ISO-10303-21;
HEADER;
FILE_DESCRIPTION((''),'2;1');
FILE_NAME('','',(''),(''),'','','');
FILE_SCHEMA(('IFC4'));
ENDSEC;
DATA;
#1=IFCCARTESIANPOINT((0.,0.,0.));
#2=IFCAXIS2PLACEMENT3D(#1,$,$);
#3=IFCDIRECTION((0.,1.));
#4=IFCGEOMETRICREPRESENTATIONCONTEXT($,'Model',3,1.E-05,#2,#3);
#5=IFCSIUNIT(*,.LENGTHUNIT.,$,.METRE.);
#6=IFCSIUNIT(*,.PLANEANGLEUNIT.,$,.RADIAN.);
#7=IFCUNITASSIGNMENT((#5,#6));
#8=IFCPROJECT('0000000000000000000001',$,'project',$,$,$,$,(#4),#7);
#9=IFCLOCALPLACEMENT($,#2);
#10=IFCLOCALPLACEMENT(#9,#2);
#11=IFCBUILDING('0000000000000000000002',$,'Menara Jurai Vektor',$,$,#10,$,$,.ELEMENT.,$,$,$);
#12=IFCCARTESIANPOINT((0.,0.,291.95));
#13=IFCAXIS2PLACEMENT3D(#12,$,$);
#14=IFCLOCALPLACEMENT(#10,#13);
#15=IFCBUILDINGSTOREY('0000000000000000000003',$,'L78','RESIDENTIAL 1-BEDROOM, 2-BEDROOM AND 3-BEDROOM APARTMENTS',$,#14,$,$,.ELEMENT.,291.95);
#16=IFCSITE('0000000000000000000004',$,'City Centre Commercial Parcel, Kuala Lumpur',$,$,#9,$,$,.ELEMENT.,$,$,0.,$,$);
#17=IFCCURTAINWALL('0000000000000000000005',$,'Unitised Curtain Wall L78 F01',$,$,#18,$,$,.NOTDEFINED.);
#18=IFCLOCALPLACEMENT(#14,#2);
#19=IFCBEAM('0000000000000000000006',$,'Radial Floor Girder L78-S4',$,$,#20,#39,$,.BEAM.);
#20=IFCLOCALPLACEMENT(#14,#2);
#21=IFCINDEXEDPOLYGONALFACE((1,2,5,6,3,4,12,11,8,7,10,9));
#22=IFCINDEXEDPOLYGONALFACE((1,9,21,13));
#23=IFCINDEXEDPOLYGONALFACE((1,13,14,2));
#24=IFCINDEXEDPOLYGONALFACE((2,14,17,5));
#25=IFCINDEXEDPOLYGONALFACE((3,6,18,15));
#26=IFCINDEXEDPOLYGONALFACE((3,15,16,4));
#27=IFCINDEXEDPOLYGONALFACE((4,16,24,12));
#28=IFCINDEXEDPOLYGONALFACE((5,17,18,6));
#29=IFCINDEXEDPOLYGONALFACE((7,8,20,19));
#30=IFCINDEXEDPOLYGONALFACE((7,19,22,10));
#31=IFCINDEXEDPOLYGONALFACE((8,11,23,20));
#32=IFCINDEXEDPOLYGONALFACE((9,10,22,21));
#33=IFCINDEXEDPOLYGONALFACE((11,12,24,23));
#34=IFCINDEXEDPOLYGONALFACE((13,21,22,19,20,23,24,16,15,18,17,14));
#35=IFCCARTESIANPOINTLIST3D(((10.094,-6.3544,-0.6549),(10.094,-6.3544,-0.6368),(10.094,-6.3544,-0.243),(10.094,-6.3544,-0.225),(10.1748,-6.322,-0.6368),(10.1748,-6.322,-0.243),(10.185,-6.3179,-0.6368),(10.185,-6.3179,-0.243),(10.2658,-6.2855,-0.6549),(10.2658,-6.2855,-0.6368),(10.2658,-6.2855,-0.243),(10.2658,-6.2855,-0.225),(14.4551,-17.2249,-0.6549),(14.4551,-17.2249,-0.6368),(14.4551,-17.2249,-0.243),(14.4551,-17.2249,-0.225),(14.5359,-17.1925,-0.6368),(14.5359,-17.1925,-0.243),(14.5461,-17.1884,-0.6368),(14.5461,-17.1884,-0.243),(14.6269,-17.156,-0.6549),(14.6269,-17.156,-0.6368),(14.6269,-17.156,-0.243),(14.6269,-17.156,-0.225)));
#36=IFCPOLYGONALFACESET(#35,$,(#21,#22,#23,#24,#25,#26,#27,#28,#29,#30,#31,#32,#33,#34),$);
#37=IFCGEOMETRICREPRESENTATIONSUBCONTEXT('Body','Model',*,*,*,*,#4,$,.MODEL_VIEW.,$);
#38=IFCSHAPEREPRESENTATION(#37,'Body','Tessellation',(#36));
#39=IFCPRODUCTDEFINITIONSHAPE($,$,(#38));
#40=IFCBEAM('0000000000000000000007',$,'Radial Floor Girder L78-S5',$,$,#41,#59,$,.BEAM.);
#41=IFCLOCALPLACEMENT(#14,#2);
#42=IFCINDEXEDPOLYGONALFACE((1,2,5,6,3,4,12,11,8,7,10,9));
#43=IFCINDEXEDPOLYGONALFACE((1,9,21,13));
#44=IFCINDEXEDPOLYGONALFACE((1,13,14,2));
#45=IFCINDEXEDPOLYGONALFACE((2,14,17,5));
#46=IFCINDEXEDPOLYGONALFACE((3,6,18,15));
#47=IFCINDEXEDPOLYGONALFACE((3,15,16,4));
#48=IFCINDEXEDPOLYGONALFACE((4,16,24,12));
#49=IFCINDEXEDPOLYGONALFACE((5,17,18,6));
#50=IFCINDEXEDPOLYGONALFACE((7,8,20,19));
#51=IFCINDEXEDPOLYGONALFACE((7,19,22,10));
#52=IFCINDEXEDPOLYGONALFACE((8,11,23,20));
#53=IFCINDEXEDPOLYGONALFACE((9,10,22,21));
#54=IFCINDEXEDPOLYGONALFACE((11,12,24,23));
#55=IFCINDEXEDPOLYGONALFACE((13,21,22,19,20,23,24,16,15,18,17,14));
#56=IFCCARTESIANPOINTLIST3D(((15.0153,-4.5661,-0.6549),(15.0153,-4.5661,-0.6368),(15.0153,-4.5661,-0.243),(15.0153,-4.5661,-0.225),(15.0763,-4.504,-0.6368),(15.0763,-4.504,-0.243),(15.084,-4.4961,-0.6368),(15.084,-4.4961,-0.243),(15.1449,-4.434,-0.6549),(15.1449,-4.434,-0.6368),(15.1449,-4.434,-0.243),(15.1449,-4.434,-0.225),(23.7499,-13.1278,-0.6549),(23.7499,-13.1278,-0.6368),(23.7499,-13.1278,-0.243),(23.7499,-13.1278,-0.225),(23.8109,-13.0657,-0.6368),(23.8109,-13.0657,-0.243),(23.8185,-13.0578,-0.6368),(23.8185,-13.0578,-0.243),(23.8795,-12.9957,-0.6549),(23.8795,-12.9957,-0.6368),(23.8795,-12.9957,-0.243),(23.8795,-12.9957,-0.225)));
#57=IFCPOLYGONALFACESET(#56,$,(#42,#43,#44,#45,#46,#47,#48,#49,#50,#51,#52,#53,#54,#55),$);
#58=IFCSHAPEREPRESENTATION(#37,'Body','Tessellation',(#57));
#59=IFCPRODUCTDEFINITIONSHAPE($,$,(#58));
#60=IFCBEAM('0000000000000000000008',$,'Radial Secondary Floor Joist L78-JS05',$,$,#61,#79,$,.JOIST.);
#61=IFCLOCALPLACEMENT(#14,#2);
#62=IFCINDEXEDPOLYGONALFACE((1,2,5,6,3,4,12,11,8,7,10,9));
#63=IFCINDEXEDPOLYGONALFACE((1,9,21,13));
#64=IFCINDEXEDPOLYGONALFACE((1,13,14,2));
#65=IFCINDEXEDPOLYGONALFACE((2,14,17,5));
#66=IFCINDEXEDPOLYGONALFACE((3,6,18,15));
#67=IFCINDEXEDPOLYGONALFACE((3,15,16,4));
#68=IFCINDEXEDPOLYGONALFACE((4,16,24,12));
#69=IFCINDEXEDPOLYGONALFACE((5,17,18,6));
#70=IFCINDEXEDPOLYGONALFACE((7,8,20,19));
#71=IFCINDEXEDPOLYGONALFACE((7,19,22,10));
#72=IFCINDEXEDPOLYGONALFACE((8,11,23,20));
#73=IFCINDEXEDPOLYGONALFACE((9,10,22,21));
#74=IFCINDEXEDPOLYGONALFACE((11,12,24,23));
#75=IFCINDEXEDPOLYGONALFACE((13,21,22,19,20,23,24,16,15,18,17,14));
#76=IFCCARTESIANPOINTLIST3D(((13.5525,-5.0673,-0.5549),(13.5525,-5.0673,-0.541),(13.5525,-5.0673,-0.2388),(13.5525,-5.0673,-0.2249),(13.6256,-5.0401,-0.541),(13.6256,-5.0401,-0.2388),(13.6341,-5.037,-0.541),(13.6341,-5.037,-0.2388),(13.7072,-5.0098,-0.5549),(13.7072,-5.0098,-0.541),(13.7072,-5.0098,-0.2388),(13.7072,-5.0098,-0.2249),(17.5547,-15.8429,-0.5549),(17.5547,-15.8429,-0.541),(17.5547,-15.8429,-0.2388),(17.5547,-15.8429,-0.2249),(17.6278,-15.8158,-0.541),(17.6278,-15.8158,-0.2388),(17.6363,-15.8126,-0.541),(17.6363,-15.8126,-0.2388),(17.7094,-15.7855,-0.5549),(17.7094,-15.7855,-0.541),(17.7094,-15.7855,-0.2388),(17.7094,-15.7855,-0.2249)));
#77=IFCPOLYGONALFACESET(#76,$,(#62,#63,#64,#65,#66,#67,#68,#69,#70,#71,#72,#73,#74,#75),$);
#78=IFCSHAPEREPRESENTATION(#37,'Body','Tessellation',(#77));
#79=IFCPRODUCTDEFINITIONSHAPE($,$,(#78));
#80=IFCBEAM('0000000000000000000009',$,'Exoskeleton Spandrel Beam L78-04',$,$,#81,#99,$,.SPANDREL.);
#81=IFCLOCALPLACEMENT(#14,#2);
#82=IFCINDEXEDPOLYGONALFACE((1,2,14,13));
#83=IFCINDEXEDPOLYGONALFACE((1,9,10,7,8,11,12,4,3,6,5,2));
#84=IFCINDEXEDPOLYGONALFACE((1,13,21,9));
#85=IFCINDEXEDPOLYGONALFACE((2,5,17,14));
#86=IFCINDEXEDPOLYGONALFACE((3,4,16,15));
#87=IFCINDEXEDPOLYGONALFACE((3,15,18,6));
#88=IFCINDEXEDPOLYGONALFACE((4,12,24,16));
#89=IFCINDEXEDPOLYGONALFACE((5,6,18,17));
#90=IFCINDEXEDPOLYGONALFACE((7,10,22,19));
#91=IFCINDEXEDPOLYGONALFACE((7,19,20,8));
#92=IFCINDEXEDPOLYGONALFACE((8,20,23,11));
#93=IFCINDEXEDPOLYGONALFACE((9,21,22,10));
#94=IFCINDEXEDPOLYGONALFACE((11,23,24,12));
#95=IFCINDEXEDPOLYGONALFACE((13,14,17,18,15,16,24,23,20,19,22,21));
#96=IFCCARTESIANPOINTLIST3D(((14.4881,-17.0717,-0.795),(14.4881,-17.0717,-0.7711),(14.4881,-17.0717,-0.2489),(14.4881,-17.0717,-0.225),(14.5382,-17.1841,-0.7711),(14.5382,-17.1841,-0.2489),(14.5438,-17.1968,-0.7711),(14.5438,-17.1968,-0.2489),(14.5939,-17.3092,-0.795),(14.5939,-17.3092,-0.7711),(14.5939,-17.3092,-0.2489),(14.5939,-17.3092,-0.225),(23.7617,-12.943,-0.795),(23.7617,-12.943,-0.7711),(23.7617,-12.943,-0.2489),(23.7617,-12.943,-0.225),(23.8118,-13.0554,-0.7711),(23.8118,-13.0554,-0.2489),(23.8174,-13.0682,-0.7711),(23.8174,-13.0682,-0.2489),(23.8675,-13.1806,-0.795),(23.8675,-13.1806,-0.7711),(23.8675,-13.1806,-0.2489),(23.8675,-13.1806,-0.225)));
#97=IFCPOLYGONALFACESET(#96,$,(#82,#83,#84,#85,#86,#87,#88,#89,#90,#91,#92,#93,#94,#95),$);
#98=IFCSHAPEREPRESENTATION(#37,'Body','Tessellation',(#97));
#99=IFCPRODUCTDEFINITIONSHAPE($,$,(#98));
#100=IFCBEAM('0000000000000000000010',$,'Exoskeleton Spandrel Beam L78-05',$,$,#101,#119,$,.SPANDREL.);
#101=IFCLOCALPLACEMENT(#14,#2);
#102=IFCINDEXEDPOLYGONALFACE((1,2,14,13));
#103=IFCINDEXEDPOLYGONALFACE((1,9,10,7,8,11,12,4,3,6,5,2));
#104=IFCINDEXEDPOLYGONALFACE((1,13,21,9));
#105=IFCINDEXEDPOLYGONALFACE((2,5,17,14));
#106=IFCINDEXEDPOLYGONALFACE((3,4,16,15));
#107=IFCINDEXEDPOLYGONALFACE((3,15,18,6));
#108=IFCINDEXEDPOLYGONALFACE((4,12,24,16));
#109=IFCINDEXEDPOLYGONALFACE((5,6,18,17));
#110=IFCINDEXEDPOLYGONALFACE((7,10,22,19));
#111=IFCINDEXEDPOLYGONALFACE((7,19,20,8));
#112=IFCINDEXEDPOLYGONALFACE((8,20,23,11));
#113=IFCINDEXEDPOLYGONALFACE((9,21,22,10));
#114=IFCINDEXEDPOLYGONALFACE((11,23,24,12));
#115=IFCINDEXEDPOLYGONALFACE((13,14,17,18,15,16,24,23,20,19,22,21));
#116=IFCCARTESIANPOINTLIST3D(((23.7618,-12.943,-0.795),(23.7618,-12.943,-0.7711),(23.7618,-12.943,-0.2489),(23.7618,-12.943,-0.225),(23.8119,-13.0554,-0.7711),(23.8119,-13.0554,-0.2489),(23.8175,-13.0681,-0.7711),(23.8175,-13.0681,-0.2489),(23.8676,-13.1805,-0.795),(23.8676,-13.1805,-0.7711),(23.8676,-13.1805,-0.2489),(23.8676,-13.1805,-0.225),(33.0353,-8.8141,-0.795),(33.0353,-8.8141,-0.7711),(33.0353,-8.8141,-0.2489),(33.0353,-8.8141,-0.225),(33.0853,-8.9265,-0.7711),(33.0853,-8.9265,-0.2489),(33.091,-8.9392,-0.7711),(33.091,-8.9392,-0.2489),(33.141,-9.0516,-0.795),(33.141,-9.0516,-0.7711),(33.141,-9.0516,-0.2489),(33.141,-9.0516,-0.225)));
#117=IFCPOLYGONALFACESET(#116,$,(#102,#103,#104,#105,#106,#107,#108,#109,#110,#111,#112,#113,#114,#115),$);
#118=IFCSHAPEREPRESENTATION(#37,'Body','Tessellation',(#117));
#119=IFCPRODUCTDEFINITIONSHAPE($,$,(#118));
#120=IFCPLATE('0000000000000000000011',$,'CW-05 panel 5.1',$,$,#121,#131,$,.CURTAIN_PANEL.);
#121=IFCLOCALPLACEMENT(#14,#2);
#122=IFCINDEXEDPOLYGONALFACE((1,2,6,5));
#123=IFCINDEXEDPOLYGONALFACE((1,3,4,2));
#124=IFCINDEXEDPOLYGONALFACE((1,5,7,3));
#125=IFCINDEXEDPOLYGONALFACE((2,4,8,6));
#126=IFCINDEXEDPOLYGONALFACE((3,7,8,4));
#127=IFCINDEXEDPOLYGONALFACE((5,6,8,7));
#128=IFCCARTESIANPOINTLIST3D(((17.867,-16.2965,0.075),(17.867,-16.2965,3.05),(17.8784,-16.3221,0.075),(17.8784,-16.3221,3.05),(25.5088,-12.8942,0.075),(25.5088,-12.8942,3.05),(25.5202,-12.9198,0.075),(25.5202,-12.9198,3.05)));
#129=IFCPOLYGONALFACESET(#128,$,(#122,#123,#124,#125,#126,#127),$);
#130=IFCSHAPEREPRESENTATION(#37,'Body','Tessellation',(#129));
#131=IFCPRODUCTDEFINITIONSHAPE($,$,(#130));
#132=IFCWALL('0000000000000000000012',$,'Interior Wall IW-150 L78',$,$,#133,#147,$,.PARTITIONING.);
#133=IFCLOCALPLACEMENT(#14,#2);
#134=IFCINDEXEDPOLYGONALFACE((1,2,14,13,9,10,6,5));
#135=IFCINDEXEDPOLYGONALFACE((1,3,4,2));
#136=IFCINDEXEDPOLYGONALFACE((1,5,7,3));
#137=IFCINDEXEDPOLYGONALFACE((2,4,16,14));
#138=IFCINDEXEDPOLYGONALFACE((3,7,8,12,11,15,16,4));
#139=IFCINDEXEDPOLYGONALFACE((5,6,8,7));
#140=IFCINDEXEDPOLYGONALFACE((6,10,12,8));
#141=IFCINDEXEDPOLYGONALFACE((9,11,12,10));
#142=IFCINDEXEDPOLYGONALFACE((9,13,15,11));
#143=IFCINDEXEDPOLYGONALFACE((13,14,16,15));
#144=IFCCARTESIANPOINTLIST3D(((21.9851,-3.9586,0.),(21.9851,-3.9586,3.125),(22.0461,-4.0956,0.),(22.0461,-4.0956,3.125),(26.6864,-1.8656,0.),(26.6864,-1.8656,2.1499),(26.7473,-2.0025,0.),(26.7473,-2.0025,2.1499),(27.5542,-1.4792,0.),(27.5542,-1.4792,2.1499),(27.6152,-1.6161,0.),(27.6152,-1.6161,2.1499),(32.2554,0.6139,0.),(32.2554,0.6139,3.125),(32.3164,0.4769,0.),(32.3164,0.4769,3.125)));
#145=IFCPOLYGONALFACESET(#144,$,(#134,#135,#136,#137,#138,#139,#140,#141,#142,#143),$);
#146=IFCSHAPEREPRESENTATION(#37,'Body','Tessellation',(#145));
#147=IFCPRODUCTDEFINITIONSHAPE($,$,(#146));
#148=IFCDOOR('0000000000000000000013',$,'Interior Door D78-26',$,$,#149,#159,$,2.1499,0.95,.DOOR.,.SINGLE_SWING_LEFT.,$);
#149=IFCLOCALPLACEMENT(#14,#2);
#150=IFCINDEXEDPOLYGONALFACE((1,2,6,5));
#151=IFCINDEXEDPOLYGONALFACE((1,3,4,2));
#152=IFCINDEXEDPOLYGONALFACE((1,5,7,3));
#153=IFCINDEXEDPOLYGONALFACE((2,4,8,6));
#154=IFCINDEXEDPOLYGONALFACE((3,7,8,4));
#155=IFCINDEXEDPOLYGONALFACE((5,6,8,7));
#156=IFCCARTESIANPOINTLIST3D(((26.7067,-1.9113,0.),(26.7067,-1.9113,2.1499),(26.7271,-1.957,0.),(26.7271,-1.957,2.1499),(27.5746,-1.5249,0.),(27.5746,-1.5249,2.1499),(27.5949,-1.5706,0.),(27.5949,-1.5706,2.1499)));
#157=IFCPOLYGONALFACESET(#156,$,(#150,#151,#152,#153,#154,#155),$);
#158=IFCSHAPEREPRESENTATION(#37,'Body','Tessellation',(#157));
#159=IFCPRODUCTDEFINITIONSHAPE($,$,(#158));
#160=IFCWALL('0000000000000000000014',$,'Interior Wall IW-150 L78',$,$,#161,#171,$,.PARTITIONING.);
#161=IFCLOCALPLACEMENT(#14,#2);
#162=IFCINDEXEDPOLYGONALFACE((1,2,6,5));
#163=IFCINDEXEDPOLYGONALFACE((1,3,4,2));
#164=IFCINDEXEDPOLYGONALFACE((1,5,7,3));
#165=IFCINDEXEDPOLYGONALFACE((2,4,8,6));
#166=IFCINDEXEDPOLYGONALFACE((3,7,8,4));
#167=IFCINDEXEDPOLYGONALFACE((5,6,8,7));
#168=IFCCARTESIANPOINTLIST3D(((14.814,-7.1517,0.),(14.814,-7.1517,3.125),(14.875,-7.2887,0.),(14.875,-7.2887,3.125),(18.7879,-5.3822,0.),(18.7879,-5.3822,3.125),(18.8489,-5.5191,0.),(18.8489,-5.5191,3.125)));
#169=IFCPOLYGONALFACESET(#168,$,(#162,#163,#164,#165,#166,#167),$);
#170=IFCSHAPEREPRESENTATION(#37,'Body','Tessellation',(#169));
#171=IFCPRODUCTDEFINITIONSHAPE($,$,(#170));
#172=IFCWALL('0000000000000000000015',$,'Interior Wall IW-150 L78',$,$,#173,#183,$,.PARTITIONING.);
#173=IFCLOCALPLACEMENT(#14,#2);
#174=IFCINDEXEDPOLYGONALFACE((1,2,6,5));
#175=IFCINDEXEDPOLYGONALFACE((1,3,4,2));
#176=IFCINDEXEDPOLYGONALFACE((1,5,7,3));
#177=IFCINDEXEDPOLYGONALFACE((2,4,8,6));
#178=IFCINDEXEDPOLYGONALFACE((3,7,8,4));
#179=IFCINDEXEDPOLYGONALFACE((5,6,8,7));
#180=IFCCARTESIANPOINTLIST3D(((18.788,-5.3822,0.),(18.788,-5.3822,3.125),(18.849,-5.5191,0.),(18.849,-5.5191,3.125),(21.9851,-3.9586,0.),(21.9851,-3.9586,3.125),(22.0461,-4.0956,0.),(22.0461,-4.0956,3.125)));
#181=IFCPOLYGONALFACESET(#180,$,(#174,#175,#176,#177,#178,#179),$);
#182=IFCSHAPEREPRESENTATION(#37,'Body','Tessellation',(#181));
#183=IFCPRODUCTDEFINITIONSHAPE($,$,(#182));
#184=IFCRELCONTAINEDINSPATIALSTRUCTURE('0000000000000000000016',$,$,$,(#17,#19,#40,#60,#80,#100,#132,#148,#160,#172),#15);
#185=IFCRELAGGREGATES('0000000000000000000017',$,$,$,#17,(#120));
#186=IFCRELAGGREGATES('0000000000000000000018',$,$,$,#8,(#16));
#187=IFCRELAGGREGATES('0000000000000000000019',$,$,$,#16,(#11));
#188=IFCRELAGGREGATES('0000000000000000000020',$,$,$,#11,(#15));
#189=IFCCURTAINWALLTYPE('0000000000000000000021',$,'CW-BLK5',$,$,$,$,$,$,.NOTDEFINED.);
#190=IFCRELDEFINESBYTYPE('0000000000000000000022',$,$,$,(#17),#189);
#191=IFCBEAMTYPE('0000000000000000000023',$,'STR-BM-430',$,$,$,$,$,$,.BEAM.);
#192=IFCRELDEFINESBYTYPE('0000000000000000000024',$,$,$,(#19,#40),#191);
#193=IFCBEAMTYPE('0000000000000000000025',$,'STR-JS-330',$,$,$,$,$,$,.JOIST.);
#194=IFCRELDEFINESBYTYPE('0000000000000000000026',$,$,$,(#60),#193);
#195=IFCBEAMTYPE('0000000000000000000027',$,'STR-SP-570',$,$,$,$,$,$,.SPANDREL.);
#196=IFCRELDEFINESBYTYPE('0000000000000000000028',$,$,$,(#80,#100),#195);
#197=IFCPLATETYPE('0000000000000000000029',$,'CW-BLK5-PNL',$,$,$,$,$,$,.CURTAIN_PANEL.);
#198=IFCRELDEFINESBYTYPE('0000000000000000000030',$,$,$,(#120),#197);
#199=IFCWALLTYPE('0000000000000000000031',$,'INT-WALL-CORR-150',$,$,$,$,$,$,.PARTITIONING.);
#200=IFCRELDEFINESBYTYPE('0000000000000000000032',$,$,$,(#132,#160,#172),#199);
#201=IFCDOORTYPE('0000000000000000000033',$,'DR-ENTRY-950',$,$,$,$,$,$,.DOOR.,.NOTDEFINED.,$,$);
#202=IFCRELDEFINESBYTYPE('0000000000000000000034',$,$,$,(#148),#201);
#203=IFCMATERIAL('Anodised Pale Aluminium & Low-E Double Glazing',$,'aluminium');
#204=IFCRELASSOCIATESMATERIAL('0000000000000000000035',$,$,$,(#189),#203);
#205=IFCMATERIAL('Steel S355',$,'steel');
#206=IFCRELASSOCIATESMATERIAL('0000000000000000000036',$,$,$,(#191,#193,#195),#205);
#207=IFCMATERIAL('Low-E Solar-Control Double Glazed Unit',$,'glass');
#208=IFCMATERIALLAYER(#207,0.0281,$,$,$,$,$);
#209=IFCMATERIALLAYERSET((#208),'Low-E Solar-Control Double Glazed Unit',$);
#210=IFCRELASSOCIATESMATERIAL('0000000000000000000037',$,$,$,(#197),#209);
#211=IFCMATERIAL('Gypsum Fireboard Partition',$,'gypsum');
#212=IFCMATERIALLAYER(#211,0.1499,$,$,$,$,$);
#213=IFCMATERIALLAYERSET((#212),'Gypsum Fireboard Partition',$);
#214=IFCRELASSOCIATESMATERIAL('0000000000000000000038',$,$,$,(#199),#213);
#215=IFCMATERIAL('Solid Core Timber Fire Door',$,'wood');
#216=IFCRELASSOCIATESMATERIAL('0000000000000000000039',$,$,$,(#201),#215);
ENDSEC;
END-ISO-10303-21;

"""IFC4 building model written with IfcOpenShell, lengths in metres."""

from ifc_helpers import new_model, si_unit, direction, frame, frame_2d, origin, origin_2d, place, context, subcontext, project, spatial, rectangle, i_section, extrude, material, layer, layer_set, material_profile, profile_set, type_object, element, fill, aggregate, save


model = new_model("IFC4")

# Units and contexts
model_context = context("Model", 3, precision=1e-05, world=origin(), true_north=direction((0.0, 1.0)))
body_context = subcontext(model_context, "Body", "Model", "MODEL_VIEW")
ifc_project = project(units=[si_unit("LENGTHUNIT", "METRE"), si_unit("PLANEANGLEUNIT", "RADIAN")], contexts=[model_context])

# Site, building, storey
site_placement = place(None, origin())
site = spatial("IfcSite", under=ifc_project, at=site_placement, Name="City Centre Commercial Parcel, Kuala Lumpur", CompositionType="ELEMENT", RefElevation=0.0)
building_placement = place(site_placement, origin())
building = spatial("IfcBuilding", under=site, at=building_placement, Name="Menara Jurai Vektor", CompositionType="ELEMENT")
storey_placement = place(building_placement, frame((0.0, 0.0, 291.95)))
storey = spatial("IfcBuildingStorey", under=building, at=storey_placement, Name="L78", Description="RESIDENTIAL 1-BEDROOM, 2-BEDROOM AND 3-BEDROOM APARTMENTS", CompositionType="ELEMENT", Elevation=291.95)

# Curtain wall
ifc_material_1 = material(Name="Anodised Pale Aluminium & Low-E Double Glazing", Category="aluminium")
curtain_wall_type = type_object("IfcCurtainWallType", Name="CW-BLK5", PredefinedType="NOTDEFINED", material=ifc_material_1)
curtain_wall_placement = place(storey_placement, origin())
curtain_wall = element("IfcCurtainWall", 1, at=curtain_wall_placement, inside=storey, type_object=curtain_wall_type, Name="Unitised Curtain Wall L78 F01", PredefinedType="NOTDEFINED")

# Beams
ifc_material_2 = material(Name="Steel S355", Category="steel")
ifc_material_profile_1 = material_profile(ifc_material_2, i_section(OverallWidth=0.1851, OverallDepth=0.4299, WebThickness=0.011, FlangeThickness=0.0181, at=origin_2d()), Name="PG 430x185x76")
ifc_profile_set_1 = profile_set([ifc_material_profile_1], Name="Steel S355")
beam_type_1 = type_object("IfcBeamType", Name="STR-BM-430", PredefinedType="BEAM", material=ifc_profile_set_1)
beam_1_placement = place(storey_placement, frame((14.541, -17.1904, -0.4399), z_axis=(-0.372343, 0.928095, 0.0), x_axis=(-0.928095, -0.372343, 0.0)))
element("IfcBeam", 2, at=beam_1_placement, inside=storey, type_object=beam_type_1, Name="Radial Floor Girder L78-S4", PredefinedType="BEAM", context=body_context, shape_type="SweptSolid", body=[
    extrude(i_section(OverallWidth=0.1851, OverallDepth=0.4299, WebThickness=0.011, FlangeThickness=0.0181, at=origin_2d()), origin(), (0.0, 0.0, 1.0), 11.7126),
])
beam_2_placement = place(storey_placement, frame((23.8147, -13.0618, -0.4399), z_axis=(-0.714138, 0.700005, 0.0), x_axis=(-0.700005, -0.714138, 0.0)))
element("IfcBeam", 3, at=beam_2_placement, inside=storey, type_object=beam_type_1, Name="Radial Floor Girder L78-S5", PredefinedType="BEAM", context=body_context, shape_type="SweptSolid", body=[
    extrude(i_section(OverallWidth=0.1851, OverallDepth=0.4299, WebThickness=0.011, FlangeThickness=0.0181, at=origin_2d()), origin(), (0.0, 0.0, 1.0), 12.231),
])
ifc_material_profile_2 = material_profile(ifc_material_2, i_section(OverallWidth=0.165, OverallDepth=0.3301, WebThickness=0.009, FlangeThickness=0.0139, at=origin_2d()), Name="PG 330x165x46")
ifc_profile_set_2 = profile_set([ifc_material_profile_2], Name="Steel S355")
beam_type_2 = type_object("IfcBeamType", Name="STR-JS-330", PredefinedType="JOIST", material=ifc_profile_set_2)
beam_3_placement = place(storey_placement, frame((17.6321, -15.8142, -0.3899), z_axis=(-0.348173, 0.93743, 0.0), x_axis=(-0.93743, -0.348173, 0.0)))
element("IfcBeam", 4, at=beam_3_placement, inside=storey, type_object=beam_type_2, Name="Radial Secondary Floor Joist L78-JS05", PredefinedType="JOIST", context=body_context, shape_type="SweptSolid", body=[
    extrude(i_section(OverallWidth=0.165, OverallDepth=0.3301, WebThickness=0.009, FlangeThickness=0.0139, at=origin_2d()), origin(), (0.0, 0.0, 1.0), 11.4949),
])
ifc_material_profile_3 = material_profile(ifc_material_2, i_section(OverallWidth=0.26, OverallDepth=0.5701, WebThickness=0.0139, FlangeThickness=0.0239, at=origin_2d()), Name="PG 570x260x145")
ifc_profile_set_3 = profile_set([ifc_material_profile_3], Name="Steel S355")
beam_type_3 = type_object("IfcBeamType", Name="STR-SP-570", PredefinedType="SPANDREL", material=ifc_profile_set_3)
for number, where, z_axis, x_axis, name in (
    (5, (14.541, -17.1904, -0.51), (0.913554, 0.406716, 0.0), (-0.406716, 0.913554, 0.0), "Exoskeleton Spandrel Beam L78-04"),
    (6, (23.8147, -13.0618, -0.51), (0.913542, 0.406745, 0.0), (-0.406745, 0.913542, 0.0), "Exoskeleton Spandrel Beam L78-05"),
):
    element("IfcBeam", number, at=place(storey_placement, frame(where, z_axis=z_axis, x_axis=x_axis)), inside=storey, type_object=beam_type_3, Name=name, PredefinedType="SPANDREL", context=body_context, shape_type="SweptSolid", body=[
        extrude(i_section(OverallWidth=0.26, OverallDepth=0.5701, WebThickness=0.0139, FlangeThickness=0.0239, at=origin_2d()), origin(), (0.0, 0.0, 1.0), 10.1511),
    ])

# Plate
ifc_material_3 = material(Name="Low-E Solar-Control Double Glazed Unit", Category="glass")
ifc_layer_1 = layer(ifc_material_3, 0.0281)
ifc_layer_set_1 = layer_set([ifc_layer_1], Name="Low-E Solar-Control Double Glazed Unit")
plate_type = type_object("IfcPlateType", Name="CW-BLK5-PNL", PredefinedType="CURTAIN_PANEL", material=ifc_layer_set_1)
plate_placement = place(storey_placement, frame((21.6936, -14.6082, 0.075), z_axis=(0.0, 0.0, 1.0), x_axis=(0.913546, 0.406735, 0.0)))
plate = element("IfcPlate", 7, at=plate_placement, type_object=plate_type, Name="CW-05 panel 5.1", PredefinedType="CURTAIN_PANEL", context=body_context, shape_type="SweptSolid", body=[
    extrude(rectangle(XDim=8.365, YDim=0.0281, at=origin_2d()), origin(), (0.0, 0.0, 1.0), 2.9751),
])
aggregate(curtain_wall, [plate])

# Wall, opening, door
ifc_material_4 = material(Name="Gypsum Fireboard Partition", Category="gypsum")
ifc_layer_2 = layer(ifc_material_4, 0.1499)
ifc_layer_set_2 = layer_set([ifc_layer_2], Name="Gypsum Fireboard Partition")
wall_type_1 = type_object("IfcWallType", Name="INT-WALL-CORR-150", PredefinedType="PARTITIONING", material=ifc_layer_set_2)
wall_1_placement = place(storey_placement, frame((22.0156, -4.0271, 0.0), z_axis=(0.0, 0.0, 1.0), x_axis=(0.913549, 0.406729, 0.0)))
wall_1 = element("IfcWall", 8, at=wall_1_placement, inside=storey, type_object=wall_type_1, Name="Interior Wall IW-150 L78", PredefinedType="PARTITIONING", context=body_context, shape_type="SweptSolid", body=[
    extrude(rectangle(XDim=11.2422, YDim=0.1499, at=frame_2d((5.6211, 0.0))), origin(), (0.0, 0.0, 1.0), 3.125),
])
opening_1_placement = place(wall_1_placement, frame((5.146, 0.0, 0.0)))
opening_1 = element("IfcOpeningElement", 9, at=opening_1_placement, cuts=wall_1, PredefinedType="OPENING", context=body_context, shape_type="SweptSolid", body=[
    extrude(rectangle(XDim=0.95, YDim=2.1499, at=frame_2d((0.4751, 1.075))), frame((0.0, 0.085, 0.0), z_axis=(0.0, -1.0, 0.0), x_axis=(1.0, 0.0, 0.0)), (0.0, 0.0, 1.0), 0.1699),
])
ifc_material_5 = material(Name="Solid Core Timber Fire Door", Category="wood")
door_type_1 = type_object("IfcDoorType", Name="DR-ENTRY-950", OperationType="NOTDEFINED", PredefinedType="DOOR", material=ifc_material_5)
door_1_placement = place(opening_1_placement, origin())
door_1 = element("IfcDoor", 10, at=door_1_placement, inside=storey, type_object=door_type_1, Name="Interior Door D78-26", OperationType="SINGLE_SWING_LEFT", OverallHeight=2.1499, OverallWidth=0.95, PredefinedType="DOOR", context=body_context, shape_type="SweptSolid", body=[
    extrude(rectangle(XDim=0.95, YDim=2.1499, at=frame_2d((0.4751, 1.075))), frame((0.0, 0.0249, 0.0), z_axis=(0.0, -1.0, 0.0), x_axis=(1.0, 0.0, 0.0)), (0.0, 0.0, 1.0), 0.05),
])
fill(opening_1, door_1)

# Walls
wall_2_placement = place(storey_placement, frame((14.8445, -7.2202, 0.0), z_axis=(0.0, 0.0, 1.0), x_axis=(0.913524, 0.406784, 0.0)))
element("IfcWall", 11, at=wall_2_placement, inside=storey, type_object=wall_type_1, Name="Interior Wall IW-150 L78", PredefinedType="PARTITIONING", context=body_context, shape_type="SweptSolid", body=[
    extrude(rectangle(XDim=4.3501, YDim=0.1499, at=frame_2d((2.175, 0.0))), origin(), (0.0, 0.0, 1.0), 3.125),
])
wall_3_placement = place(storey_placement, frame((18.8184, -5.4507, 0.0), z_axis=(0.0, 0.0, 1.0), x_axis=(0.913538, 0.406753, 0.0)))
element("IfcWall", 12, at=wall_3_placement, inside=storey, type_object=wall_type_1, Name="Interior Wall IW-150 L78", PredefinedType="PARTITIONING", context=body_context, shape_type="SweptSolid", body=[
    extrude(rectangle(XDim=3.4998, YDim=0.1499, at=frame_2d((1.75, 0.0))), origin(), (0.0, 0.0, 1.0), 3.125),
])

save(model, "model.ifc")
